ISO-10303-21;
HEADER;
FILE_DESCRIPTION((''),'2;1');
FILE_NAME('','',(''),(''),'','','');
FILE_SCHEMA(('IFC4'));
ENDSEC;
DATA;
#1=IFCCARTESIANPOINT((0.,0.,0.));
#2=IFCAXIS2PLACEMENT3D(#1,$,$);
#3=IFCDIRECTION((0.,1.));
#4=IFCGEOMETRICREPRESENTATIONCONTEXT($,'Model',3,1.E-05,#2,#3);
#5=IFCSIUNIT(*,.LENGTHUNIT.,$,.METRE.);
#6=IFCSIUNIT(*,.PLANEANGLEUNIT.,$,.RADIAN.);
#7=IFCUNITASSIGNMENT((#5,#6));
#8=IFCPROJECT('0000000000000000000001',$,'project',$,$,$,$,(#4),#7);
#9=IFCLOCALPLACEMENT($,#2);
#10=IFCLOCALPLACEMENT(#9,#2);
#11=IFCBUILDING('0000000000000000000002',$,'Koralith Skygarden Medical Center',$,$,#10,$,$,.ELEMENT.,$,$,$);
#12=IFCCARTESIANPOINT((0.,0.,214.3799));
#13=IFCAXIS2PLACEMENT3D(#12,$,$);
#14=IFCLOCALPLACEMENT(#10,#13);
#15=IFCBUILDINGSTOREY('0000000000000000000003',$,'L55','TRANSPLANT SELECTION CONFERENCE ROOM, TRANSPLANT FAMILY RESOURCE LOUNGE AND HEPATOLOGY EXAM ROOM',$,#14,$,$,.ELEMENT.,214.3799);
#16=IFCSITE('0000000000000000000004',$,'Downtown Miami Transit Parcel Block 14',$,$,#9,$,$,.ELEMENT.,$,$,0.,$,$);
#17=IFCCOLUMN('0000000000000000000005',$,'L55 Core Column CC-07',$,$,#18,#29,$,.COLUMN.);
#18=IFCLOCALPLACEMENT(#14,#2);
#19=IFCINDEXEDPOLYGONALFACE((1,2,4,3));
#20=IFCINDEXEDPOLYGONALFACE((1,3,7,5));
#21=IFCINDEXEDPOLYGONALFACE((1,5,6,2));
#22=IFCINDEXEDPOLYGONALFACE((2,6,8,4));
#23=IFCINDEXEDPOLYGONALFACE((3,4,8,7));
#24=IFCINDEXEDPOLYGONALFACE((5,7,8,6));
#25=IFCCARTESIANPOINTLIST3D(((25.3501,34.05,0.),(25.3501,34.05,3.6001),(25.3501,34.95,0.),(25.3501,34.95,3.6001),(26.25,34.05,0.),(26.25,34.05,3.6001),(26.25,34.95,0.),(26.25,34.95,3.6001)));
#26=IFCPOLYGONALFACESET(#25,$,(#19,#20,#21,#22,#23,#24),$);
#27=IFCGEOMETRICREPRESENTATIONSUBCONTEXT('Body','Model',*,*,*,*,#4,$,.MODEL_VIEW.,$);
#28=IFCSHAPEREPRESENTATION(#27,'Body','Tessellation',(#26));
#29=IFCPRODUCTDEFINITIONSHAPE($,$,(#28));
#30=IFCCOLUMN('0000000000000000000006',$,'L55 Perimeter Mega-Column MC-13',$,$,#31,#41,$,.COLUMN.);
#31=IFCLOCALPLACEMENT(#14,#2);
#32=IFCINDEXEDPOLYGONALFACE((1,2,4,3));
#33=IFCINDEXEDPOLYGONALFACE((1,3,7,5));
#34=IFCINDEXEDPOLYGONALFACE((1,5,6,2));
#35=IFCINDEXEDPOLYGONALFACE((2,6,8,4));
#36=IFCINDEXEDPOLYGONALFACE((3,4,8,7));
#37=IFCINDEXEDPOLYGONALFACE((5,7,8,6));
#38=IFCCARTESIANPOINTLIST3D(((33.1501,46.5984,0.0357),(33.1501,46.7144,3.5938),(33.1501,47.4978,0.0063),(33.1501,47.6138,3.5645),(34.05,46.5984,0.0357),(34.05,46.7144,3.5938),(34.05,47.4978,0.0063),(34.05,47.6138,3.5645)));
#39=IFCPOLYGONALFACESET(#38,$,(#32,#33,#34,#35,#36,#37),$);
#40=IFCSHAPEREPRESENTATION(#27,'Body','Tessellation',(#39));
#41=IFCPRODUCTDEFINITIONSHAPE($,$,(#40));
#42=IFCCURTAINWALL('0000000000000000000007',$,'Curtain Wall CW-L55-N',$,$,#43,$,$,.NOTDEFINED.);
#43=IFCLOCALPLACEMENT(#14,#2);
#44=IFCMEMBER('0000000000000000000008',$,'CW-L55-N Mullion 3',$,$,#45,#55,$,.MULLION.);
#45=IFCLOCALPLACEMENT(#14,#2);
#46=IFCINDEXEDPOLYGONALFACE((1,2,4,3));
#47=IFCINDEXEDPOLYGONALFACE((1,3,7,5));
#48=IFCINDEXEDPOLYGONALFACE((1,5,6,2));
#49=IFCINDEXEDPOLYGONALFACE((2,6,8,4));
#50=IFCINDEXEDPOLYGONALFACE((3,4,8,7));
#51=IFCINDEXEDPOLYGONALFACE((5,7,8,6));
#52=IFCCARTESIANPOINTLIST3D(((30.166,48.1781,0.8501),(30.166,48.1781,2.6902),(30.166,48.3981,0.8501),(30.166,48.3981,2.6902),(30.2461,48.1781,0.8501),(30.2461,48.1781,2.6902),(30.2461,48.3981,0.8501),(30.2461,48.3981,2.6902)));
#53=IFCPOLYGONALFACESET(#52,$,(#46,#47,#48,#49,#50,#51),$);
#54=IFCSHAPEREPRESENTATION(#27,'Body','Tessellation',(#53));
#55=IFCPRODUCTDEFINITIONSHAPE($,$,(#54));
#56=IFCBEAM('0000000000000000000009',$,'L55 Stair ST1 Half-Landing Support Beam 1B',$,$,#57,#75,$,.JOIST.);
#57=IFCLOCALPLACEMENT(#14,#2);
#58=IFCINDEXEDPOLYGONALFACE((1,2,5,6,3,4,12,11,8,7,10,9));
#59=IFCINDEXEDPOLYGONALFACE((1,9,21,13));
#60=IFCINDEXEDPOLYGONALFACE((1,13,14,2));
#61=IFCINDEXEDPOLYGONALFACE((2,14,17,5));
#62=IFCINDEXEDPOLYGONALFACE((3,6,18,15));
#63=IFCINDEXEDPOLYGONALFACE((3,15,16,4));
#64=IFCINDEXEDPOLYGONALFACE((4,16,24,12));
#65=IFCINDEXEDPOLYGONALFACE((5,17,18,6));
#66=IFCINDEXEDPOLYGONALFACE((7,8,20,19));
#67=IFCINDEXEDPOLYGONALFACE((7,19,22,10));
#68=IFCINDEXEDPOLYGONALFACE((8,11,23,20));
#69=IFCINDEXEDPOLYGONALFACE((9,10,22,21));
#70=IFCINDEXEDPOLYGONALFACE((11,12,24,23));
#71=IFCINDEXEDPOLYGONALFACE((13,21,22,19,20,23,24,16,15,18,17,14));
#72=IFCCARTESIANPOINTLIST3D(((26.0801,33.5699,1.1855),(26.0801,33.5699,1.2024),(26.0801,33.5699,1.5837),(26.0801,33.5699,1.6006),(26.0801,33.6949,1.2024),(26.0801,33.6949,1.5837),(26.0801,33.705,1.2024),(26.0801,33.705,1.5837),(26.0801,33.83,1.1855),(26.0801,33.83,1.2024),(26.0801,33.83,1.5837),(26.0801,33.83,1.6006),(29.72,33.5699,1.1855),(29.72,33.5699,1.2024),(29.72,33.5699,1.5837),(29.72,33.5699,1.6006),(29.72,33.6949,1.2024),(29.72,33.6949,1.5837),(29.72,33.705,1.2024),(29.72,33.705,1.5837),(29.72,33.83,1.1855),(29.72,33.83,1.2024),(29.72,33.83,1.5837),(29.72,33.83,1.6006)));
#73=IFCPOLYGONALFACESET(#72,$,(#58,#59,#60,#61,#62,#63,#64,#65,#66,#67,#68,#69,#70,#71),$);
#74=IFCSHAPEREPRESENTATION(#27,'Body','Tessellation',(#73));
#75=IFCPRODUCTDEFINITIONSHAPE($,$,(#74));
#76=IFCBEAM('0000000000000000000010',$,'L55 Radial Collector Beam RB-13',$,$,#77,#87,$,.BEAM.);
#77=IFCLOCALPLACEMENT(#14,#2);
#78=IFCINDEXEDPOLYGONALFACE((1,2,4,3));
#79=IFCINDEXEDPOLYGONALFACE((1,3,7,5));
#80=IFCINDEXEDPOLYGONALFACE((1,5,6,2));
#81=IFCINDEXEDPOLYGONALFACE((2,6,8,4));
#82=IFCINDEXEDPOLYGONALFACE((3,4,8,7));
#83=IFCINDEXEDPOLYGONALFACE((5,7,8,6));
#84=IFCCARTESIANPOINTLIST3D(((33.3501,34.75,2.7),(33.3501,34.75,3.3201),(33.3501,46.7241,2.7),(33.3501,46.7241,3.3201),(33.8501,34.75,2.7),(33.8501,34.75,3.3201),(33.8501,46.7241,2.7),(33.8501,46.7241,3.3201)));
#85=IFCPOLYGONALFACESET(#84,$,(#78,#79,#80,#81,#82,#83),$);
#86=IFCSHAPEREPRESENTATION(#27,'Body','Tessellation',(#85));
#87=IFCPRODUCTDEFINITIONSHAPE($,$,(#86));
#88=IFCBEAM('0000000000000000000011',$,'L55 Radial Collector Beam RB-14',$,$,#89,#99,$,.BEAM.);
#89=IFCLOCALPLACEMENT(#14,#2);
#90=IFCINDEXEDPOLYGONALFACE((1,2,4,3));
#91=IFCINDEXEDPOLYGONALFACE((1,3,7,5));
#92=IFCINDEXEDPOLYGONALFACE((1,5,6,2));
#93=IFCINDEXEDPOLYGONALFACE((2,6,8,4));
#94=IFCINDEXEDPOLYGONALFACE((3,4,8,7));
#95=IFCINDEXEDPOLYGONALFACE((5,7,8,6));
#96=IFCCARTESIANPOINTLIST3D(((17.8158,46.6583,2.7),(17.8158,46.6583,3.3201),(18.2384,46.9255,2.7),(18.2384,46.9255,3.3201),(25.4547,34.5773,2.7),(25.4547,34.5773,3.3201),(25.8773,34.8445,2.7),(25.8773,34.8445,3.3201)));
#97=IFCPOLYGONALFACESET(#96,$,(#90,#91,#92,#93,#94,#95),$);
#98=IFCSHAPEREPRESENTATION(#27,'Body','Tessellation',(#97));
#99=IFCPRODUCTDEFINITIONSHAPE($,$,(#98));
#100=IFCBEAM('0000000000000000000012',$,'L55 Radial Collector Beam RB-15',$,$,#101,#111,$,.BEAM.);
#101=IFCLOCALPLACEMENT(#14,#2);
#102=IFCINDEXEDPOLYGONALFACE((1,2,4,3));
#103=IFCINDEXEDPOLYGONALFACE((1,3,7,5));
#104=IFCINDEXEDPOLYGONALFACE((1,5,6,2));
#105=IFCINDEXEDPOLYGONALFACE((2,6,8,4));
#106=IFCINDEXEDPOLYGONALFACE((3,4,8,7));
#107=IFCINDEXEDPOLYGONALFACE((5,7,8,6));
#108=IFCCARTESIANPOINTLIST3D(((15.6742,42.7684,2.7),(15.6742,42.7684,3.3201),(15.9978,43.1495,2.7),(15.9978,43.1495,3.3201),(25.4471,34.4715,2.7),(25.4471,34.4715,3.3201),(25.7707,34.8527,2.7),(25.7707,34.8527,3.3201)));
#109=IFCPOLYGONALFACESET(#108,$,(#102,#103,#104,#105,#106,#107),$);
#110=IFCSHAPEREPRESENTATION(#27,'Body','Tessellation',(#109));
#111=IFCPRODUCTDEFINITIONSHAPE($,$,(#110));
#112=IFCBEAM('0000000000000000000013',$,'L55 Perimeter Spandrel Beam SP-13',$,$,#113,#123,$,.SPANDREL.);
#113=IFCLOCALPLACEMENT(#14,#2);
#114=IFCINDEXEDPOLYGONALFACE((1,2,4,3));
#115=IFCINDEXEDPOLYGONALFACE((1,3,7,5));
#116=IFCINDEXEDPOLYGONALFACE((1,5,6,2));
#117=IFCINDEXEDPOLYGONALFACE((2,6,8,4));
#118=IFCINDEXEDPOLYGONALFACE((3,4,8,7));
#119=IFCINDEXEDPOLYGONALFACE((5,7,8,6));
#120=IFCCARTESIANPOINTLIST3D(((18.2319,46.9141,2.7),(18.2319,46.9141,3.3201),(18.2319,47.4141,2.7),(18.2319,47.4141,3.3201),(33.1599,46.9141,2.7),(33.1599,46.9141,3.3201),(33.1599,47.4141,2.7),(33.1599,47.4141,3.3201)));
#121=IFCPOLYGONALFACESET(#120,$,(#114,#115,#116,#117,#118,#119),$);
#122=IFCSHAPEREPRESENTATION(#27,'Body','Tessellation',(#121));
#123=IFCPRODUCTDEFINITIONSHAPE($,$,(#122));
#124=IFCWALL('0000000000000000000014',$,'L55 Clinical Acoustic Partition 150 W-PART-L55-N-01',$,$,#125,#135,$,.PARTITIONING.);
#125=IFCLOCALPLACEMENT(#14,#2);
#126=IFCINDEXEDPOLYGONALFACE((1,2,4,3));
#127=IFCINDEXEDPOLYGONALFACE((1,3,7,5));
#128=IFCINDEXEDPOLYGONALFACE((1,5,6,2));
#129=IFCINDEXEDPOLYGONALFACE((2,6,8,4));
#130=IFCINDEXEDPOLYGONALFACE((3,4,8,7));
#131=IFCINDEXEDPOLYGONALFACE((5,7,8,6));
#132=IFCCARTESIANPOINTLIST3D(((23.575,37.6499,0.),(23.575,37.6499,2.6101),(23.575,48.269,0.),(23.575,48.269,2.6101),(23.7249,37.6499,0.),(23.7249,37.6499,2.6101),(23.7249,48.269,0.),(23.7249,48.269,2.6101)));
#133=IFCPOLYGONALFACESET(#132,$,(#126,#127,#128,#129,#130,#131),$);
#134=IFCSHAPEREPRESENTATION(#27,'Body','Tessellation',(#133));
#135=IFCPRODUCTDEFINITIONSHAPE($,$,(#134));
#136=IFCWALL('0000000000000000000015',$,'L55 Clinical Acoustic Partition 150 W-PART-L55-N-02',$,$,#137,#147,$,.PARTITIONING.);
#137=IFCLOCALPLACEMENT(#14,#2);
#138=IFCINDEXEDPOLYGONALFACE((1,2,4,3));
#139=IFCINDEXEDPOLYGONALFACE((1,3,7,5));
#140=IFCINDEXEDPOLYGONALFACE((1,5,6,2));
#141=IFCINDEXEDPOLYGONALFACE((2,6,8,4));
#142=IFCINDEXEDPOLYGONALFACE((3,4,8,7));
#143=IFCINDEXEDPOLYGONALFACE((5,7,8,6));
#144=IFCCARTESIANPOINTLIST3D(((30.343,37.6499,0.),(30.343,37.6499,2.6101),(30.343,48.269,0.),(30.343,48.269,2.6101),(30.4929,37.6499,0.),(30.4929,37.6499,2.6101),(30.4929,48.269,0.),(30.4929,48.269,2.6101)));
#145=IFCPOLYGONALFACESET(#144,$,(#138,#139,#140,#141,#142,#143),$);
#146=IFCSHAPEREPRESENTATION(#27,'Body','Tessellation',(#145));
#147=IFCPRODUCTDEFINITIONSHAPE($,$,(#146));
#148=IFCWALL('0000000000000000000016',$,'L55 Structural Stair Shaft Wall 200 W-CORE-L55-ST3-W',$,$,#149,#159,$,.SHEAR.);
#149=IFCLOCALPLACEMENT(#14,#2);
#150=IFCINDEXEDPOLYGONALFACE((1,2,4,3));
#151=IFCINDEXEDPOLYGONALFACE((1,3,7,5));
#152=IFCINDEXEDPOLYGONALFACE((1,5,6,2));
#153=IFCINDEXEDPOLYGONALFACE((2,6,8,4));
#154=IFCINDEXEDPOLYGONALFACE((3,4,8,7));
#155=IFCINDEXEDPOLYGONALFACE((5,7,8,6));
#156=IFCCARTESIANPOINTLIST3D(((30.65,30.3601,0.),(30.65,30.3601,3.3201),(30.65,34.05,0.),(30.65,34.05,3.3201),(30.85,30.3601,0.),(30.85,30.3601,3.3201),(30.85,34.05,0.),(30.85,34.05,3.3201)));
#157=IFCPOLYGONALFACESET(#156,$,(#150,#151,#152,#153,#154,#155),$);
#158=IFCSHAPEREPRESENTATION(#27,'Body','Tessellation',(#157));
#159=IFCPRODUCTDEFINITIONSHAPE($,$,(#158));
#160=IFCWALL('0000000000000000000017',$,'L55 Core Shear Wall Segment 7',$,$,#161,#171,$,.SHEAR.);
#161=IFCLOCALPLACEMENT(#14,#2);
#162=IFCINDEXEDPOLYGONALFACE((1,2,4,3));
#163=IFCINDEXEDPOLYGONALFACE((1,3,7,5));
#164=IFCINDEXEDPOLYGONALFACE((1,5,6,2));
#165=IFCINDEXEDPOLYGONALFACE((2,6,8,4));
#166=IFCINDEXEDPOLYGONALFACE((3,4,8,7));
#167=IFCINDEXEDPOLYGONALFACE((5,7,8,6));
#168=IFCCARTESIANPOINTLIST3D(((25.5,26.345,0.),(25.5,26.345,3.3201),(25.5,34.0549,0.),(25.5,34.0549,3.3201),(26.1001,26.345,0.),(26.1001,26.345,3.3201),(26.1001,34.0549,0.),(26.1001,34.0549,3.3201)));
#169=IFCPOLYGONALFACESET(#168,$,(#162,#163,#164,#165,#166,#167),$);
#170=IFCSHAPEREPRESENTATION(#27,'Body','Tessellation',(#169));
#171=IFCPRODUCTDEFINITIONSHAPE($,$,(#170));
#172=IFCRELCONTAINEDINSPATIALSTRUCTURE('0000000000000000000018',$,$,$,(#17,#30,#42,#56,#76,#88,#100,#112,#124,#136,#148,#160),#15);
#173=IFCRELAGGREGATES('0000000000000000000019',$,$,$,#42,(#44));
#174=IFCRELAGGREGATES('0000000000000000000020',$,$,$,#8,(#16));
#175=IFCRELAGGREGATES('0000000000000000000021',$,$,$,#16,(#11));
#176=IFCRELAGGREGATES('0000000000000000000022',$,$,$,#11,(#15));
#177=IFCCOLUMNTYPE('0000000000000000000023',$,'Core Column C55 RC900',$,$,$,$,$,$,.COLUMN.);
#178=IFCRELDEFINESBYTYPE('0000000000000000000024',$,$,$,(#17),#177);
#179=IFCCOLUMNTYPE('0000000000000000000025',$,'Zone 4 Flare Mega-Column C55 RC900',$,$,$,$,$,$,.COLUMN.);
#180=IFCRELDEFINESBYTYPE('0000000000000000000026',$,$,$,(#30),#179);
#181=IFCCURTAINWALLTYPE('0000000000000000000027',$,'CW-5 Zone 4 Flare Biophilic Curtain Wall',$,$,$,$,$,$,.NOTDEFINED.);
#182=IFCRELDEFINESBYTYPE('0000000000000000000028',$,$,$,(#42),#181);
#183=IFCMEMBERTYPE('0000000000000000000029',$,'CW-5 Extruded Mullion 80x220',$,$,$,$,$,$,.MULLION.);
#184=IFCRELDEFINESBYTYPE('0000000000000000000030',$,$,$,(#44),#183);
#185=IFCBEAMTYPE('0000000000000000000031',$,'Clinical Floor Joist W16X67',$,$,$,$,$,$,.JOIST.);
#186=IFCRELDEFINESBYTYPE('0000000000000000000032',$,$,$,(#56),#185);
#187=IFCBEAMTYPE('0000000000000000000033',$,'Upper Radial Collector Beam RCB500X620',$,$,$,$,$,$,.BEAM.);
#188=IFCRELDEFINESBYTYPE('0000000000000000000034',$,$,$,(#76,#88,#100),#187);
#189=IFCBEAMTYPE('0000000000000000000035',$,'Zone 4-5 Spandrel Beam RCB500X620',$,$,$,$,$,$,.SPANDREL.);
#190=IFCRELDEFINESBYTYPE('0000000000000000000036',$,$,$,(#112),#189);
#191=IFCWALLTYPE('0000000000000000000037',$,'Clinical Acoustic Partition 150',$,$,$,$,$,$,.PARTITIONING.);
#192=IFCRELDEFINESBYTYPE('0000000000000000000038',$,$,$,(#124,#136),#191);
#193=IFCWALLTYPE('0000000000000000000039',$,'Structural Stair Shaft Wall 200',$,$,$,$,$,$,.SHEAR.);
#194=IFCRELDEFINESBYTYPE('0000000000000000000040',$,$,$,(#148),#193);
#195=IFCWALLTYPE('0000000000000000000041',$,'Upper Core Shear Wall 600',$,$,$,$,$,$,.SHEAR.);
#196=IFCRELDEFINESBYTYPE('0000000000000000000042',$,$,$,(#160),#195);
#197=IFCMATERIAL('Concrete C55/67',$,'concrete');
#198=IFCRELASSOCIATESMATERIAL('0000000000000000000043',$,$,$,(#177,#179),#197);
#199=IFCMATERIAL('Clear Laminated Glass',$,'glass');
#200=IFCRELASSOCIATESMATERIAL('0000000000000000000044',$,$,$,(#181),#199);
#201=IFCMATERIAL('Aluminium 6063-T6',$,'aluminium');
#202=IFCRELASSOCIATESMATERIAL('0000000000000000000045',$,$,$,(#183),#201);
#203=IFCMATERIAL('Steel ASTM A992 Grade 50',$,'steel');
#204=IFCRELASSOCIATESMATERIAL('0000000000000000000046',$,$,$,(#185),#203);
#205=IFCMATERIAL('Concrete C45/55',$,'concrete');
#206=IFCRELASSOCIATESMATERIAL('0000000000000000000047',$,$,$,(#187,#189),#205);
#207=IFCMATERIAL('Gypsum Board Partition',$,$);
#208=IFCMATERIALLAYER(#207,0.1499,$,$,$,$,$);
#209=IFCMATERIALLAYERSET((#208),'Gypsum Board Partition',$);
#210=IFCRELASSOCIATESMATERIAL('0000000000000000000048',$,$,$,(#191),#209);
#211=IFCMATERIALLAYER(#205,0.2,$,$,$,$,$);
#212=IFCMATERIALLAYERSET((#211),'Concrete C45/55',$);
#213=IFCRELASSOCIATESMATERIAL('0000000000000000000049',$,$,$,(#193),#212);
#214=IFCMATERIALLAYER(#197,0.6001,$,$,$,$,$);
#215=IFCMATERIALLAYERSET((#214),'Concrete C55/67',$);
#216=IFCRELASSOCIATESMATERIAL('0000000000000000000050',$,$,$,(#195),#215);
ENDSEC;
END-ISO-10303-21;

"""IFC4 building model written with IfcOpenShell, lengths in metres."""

from ifc_helpers import new_model, si_unit, direction, frame, frame_2d, origin, origin_2d, place, context, subcontext, project, spatial, rectangle, i_section, extrude, material, layer, layer_set, material_profile, profile_set, type_object, element, aggregate, save


model = new_model("IFC4")

# Units and contexts
model_context = context("Model", 3, precision=1e-05, world=origin(), true_north=direction((0.0, 1.0)))
body_context = subcontext(model_context, "Body", "Model", "MODEL_VIEW")
ifc_project = project(units=[si_unit("LENGTHUNIT", "METRE"), si_unit("PLANEANGLEUNIT", "RADIAN")], contexts=[model_context])

# Site, building, storey
site_placement = place(None, origin())
site = spatial("IfcSite", under=ifc_project, at=site_placement, Name="Downtown Miami Transit Parcel Block 14", CompositionType="ELEMENT", RefElevation=0.0)
building_placement = place(site_placement, origin())
building = spatial("IfcBuilding", under=site, at=building_placement, Name="Koralith Skygarden Medical Center", CompositionType="ELEMENT")
storey_placement = place(building_placement, frame((0.0, 0.0, 214.3799)))
storey = spatial("IfcBuildingStorey", under=building, at=storey_placement, Name="L55", Description="TRANSPLANT SELECTION CONFERENCE ROOM, TRANSPLANT FAMILY RESOURCE LOUNGE AND HEPATOLOGY EXAM ROOM", CompositionType="ELEMENT", Elevation=214.3799)

# Columns
ifc_material_1 = material(Name="Concrete C55/67", Category="concrete")
ifc_material_profile_1 = material_profile(ifc_material_1, rectangle(XDim=0.8999, YDim=0.8999, at=origin_2d()), Name="RC900X900")
ifc_profile_set_1 = profile_set([ifc_material_profile_1], Name="Concrete C55/67")
column_type_1 = type_object("IfcColumnType", Name="Core Column C55 RC900", PredefinedType="COLUMN", material=ifc_profile_set_1)
column_1_placement = place(storey_placement, frame((25.8, 34.5, 0.0), z_axis=(0.0, 0.0, 1.0), x_axis=(1.0, 0.0, 0.0)))
element("IfcColumn", 1, at=column_1_placement, inside=storey, type_object=column_type_1, Name="L55 Core Column CC-07", PredefinedType="COLUMN", context=body_context, shape_type="SweptSolid", body=[
    extrude(rectangle(XDim=0.8999, YDim=0.8999, at=origin_2d()), origin(), (0.0, 0.0, 1.0), 3.6001),
])
ifc_material_profile_2 = material_profile(ifc_material_1, rectangle(XDim=0.8999, YDim=0.8999, at=origin_2d()), Name="RC900X900")
ifc_profile_set_2 = profile_set([ifc_material_profile_2], Name="Concrete C55/67")
column_type_2 = type_object("IfcColumnType", Name="Zone 4 Flare Mega-Column C55 RC900", PredefinedType="COLUMN", material=ifc_profile_set_2)
column_2_placement = place(storey_placement, frame((33.6001, 47.0481, 0.021), z_axis=(0.0, 0.032575, 0.999469), x_axis=(-1.0, 0.0, 0.0)))
element("IfcColumn", 2, at=column_2_placement, inside=storey, type_object=column_type_2, Name="L55 Perimeter Mega-Column MC-13", PredefinedType="COLUMN", context=body_context, shape_type="SweptSolid", body=[
    extrude(rectangle(XDim=0.8999, YDim=0.8999, at=origin_2d()), origin(), (0.0, 0.0, 1.0), 3.5601),
])

# Curtain wall, member
ifc_material_2 = material(Name="Clear Laminated Glass", Category="glass")
curtain_wall_type = type_object("IfcCurtainWallType", Name="CW-5 Zone 4 Flare Biophilic Curtain Wall", PredefinedType="NOTDEFINED", material=ifc_material_2)
curtain_wall_placement = place(storey_placement, origin())
curtain_wall = element("IfcCurtainWall", 3, at=curtain_wall_placement, inside=storey, type_object=curtain_wall_type, Name="Curtain Wall CW-L55-N", PredefinedType="NOTDEFINED")
ifc_material_3 = material(Name="Aluminium 6063-T6", Category="aluminium")
ifc_material_profile_3 = material_profile(ifc_material_3, rectangle(XDim=0.0801, YDim=0.22, at=origin_2d()), Name="MUL80X220")
ifc_profile_set_3 = profile_set([ifc_material_profile_3], Name="Aluminium 6063-T6")
member_type = type_object("IfcMemberType", Name="CW-5 Extruded Mullion 80x220", PredefinedType="MULLION", material=ifc_profile_set_3)
member_placement = place(storey_placement, frame((30.2061, 48.2881, 0.8501), z_axis=(0.0, 0.0, 1.0), x_axis=(1.0, 0.0, 0.0)))
member = element("IfcMember", 4, at=member_placement, type_object=member_type, Name="CW-L55-N Mullion 3", PredefinedType="MULLION", context=body_context, shape_type="SweptSolid", body=[
    extrude(rectangle(XDim=0.0801, YDim=0.22, at=origin_2d()), origin(), (0.0, 0.0, 1.0), 1.8401),
])
aggregate(curtain_wall, [member])

# Beams
ifc_material_4 = material(Name="Steel ASTM A992 Grade 50", Category="steel")
ifc_material_profile_4 = material_profile(ifc_material_4, i_section(OverallWidth=0.26, OverallDepth=0.415, WebThickness=0.01, FlangeThickness=0.0168, at=origin_2d()), Name="W16X67")
ifc_profile_set_4 = profile_set([ifc_material_profile_4], Name="Steel ASTM A992 Grade 50")
beam_type_1 = type_object("IfcBeamType", Name="Clinical Floor Joist W16X67", PredefinedType="JOIST", material=ifc_profile_set_4)
beam_1_placement = place(storey_placement, frame((26.0801, 33.7, 1.3931), z_axis=(1.0, 0.0, 0.0), x_axis=(0.0, 1.0, 0.0)))
element("IfcBeam", 5, at=beam_1_placement, inside=storey, type_object=beam_type_1, Name="L55 Stair ST1 Half-Landing Support Beam 1B", PredefinedType="JOIST", context=body_context, shape_type="SweptSolid", body=[
    extrude(i_section(OverallWidth=0.26, OverallDepth=0.415, WebThickness=0.01, FlangeThickness=0.0168, at=origin_2d()), origin(), (0.0, 0.0, 1.0), 3.6399),
])
ifc_material_5 = material(Name="Concrete C45/55", Category="concrete")
ifc_material_profile_5 = material_profile(ifc_material_5, rectangle(XDim=0.5, YDim=0.6201, at=origin_2d()), Name="RCB500X620")
ifc_profile_set_5 = profile_set([ifc_material_profile_5], Name="Concrete C45/55")
beam_type_2 = type_object("IfcBeamType", Name="Upper Radial Collector Beam RCB500X620", PredefinedType="BEAM", material=ifc_profile_set_5)
beam_2_placement = place(storey_placement, frame((33.6001, 34.75, 3.01), z_axis=(0.0, 1.0, 0.0), x_axis=(-1.0, 0.0, 0.0)))
element("IfcBeam", 6, at=beam_2_placement, inside=storey, type_object=beam_type_2, Name="L55 Radial Collector Beam RB-13", PredefinedType="BEAM", context=body_context, shape_type="SweptSolid", body=[
    extrude(rectangle(XDim=0.5, YDim=0.6201, at=origin_2d()), origin(), (0.0, 0.0, 1.0), 11.9741),
])
beam_3_placement = place(storey_placement, frame((25.666, 34.7109, 3.01), z_axis=(-0.534432, 0.845212, 0.0), x_axis=(-0.845212, -0.534432, 0.0)))
element("IfcBeam", 7, at=beam_3_placement, inside=storey, type_object=beam_type_2, Name="L55 Radial Collector Beam RB-14", PredefinedType="BEAM", context=body_context, shape_type="SweptSolid", body=[
    extrude(rectangle(XDim=0.5, YDim=0.6201, at=origin_2d()), origin(), (0.0, 0.0, 1.0), 14.2935),
])
beam_4_placement = place(storey_placement, frame((25.6089, 34.6621, 3.01), z_axis=(-0.762329, 0.647189, 0.0), x_axis=(-0.647189, -0.762329, 0.0)))
element("IfcBeam", 8, at=beam_4_placement, inside=storey, type_object=beam_type_2, Name="L55 Radial Collector Beam RB-15", PredefinedType="BEAM", context=body_context, shape_type="SweptSolid", body=[
    extrude(rectangle(XDim=0.5, YDim=0.6201, at=origin_2d()), origin(), (0.0, 0.0, 1.0), 12.8198),
])
ifc_material_profile_6 = material_profile(ifc_material_5, rectangle(XDim=0.5, YDim=0.6201, at=origin_2d()), Name="RCB500X620")
ifc_profile_set_6 = profile_set([ifc_material_profile_6], Name="Concrete C45/55")
beam_type_3 = type_object("IfcBeamType", Name="Zone 4-5 Spandrel Beam RCB500X620", PredefinedType="SPANDREL", material=ifc_profile_set_6)
beam_5_placement = place(storey_placement, frame((33.1599, 47.1641, 3.01), z_axis=(-1.0, 0.0, 0.0), x_axis=(0.0, -1.0, 0.0)))
element("IfcBeam", 9, at=beam_5_placement, inside=storey, type_object=beam_type_3, Name="L55 Perimeter Spandrel Beam SP-13", PredefinedType="SPANDREL", context=body_context, shape_type="SweptSolid", body=[
    extrude(rectangle(XDim=0.5, YDim=0.6201, at=origin_2d()), origin(), (0.0, 0.0, 1.0), 14.928),
])

# Walls
ifc_material_6 = material(Name="Gypsum Board Partition")
ifc_layer_1 = layer(ifc_material_6, 0.1499)
ifc_layer_set_1 = layer_set([ifc_layer_1], Name="Gypsum Board Partition")
wall_type_1 = type_object("IfcWallType", Name="Clinical Acoustic Partition 150", PredefinedType="PARTITIONING", material=ifc_layer_set_1)
for number, where, z_axis, x_axis, name in (
    (10, (23.6499, 37.6499, 0.0), (0.0, 0.0, 1.0), (0.0, 1.0, 0.0), "L55 Clinical Acoustic Partition 150 W-PART-L55-N-01"),
    (11, (30.418, 37.6499, 0.0), (0.0, 0.0, 1.0), (0.0, 1.0, 0.0), "L55 Clinical Acoustic Partition 150 W-PART-L55-N-02"),
):
    element("IfcWall", number, at=place(storey_placement, frame(where, z_axis=z_axis, x_axis=x_axis)), inside=storey, type_object=wall_type_1, Name=name, PredefinedType="PARTITIONING", context=body_context, shape_type="SweptSolid", body=[
        extrude(rectangle(XDim=10.6191, YDim=0.1499, at=frame_2d((5.3096, 0.0))), origin(), (0.0, 0.0, 1.0), 2.6101),
    ])

# Walls
ifc_layer_2 = layer(ifc_material_5, 0.2)
ifc_layer_set_2 = layer_set([ifc_layer_2], Name="Concrete C45/55")
wall_type_2 = type_object("IfcWallType", Name="Structural Stair Shaft Wall 200", PredefinedType="SHEAR", material=ifc_layer_set_2)
wall_1_placement = place(storey_placement, frame((30.75, 30.3601, 0.0), z_axis=(0.0, 0.0, 1.0), x_axis=(0.0, 1.0, 0.0)))
element("IfcWall", 12, at=wall_1_placement, inside=storey, type_object=wall_type_2, Name="L55 Structural Stair Shaft Wall 200 W-CORE-L55-ST3-W", PredefinedType="SHEAR", context=body_context, shape_type="SweptSolid", body=[
    extrude(rectangle(XDim=3.6899, YDim=0.2, at=frame_2d((1.845, 0.0))), origin(), (0.0, 0.0, 1.0), 3.3201),
])
ifc_layer_3 = layer(ifc_material_1, 0.6001)
ifc_layer_set_3 = layer_set([ifc_layer_3], Name="Concrete C55/67")
wall_type_3 = type_object("IfcWallType", Name="Upper Core Shear Wall 600", PredefinedType="SHEAR", material=ifc_layer_set_3)
wall_2_placement = place(storey_placement, frame((25.8, 34.0549, 0.0), z_axis=(0.0, 0.0, 1.0), x_axis=(0.0, -1.0, 0.0)))
element("IfcWall", 13, at=wall_2_placement, inside=storey, type_object=wall_type_3, Name="L55 Core Shear Wall Segment 7", PredefinedType="SHEAR", context=body_context, shape_type="SweptSolid", body=[
    extrude(rectangle(XDim=7.71, YDim=0.6001, at=frame_2d((3.855, 0.0))), origin(), (0.0, 0.0, 1.0), 3.3201),
])

save(model, "model.ifc")
